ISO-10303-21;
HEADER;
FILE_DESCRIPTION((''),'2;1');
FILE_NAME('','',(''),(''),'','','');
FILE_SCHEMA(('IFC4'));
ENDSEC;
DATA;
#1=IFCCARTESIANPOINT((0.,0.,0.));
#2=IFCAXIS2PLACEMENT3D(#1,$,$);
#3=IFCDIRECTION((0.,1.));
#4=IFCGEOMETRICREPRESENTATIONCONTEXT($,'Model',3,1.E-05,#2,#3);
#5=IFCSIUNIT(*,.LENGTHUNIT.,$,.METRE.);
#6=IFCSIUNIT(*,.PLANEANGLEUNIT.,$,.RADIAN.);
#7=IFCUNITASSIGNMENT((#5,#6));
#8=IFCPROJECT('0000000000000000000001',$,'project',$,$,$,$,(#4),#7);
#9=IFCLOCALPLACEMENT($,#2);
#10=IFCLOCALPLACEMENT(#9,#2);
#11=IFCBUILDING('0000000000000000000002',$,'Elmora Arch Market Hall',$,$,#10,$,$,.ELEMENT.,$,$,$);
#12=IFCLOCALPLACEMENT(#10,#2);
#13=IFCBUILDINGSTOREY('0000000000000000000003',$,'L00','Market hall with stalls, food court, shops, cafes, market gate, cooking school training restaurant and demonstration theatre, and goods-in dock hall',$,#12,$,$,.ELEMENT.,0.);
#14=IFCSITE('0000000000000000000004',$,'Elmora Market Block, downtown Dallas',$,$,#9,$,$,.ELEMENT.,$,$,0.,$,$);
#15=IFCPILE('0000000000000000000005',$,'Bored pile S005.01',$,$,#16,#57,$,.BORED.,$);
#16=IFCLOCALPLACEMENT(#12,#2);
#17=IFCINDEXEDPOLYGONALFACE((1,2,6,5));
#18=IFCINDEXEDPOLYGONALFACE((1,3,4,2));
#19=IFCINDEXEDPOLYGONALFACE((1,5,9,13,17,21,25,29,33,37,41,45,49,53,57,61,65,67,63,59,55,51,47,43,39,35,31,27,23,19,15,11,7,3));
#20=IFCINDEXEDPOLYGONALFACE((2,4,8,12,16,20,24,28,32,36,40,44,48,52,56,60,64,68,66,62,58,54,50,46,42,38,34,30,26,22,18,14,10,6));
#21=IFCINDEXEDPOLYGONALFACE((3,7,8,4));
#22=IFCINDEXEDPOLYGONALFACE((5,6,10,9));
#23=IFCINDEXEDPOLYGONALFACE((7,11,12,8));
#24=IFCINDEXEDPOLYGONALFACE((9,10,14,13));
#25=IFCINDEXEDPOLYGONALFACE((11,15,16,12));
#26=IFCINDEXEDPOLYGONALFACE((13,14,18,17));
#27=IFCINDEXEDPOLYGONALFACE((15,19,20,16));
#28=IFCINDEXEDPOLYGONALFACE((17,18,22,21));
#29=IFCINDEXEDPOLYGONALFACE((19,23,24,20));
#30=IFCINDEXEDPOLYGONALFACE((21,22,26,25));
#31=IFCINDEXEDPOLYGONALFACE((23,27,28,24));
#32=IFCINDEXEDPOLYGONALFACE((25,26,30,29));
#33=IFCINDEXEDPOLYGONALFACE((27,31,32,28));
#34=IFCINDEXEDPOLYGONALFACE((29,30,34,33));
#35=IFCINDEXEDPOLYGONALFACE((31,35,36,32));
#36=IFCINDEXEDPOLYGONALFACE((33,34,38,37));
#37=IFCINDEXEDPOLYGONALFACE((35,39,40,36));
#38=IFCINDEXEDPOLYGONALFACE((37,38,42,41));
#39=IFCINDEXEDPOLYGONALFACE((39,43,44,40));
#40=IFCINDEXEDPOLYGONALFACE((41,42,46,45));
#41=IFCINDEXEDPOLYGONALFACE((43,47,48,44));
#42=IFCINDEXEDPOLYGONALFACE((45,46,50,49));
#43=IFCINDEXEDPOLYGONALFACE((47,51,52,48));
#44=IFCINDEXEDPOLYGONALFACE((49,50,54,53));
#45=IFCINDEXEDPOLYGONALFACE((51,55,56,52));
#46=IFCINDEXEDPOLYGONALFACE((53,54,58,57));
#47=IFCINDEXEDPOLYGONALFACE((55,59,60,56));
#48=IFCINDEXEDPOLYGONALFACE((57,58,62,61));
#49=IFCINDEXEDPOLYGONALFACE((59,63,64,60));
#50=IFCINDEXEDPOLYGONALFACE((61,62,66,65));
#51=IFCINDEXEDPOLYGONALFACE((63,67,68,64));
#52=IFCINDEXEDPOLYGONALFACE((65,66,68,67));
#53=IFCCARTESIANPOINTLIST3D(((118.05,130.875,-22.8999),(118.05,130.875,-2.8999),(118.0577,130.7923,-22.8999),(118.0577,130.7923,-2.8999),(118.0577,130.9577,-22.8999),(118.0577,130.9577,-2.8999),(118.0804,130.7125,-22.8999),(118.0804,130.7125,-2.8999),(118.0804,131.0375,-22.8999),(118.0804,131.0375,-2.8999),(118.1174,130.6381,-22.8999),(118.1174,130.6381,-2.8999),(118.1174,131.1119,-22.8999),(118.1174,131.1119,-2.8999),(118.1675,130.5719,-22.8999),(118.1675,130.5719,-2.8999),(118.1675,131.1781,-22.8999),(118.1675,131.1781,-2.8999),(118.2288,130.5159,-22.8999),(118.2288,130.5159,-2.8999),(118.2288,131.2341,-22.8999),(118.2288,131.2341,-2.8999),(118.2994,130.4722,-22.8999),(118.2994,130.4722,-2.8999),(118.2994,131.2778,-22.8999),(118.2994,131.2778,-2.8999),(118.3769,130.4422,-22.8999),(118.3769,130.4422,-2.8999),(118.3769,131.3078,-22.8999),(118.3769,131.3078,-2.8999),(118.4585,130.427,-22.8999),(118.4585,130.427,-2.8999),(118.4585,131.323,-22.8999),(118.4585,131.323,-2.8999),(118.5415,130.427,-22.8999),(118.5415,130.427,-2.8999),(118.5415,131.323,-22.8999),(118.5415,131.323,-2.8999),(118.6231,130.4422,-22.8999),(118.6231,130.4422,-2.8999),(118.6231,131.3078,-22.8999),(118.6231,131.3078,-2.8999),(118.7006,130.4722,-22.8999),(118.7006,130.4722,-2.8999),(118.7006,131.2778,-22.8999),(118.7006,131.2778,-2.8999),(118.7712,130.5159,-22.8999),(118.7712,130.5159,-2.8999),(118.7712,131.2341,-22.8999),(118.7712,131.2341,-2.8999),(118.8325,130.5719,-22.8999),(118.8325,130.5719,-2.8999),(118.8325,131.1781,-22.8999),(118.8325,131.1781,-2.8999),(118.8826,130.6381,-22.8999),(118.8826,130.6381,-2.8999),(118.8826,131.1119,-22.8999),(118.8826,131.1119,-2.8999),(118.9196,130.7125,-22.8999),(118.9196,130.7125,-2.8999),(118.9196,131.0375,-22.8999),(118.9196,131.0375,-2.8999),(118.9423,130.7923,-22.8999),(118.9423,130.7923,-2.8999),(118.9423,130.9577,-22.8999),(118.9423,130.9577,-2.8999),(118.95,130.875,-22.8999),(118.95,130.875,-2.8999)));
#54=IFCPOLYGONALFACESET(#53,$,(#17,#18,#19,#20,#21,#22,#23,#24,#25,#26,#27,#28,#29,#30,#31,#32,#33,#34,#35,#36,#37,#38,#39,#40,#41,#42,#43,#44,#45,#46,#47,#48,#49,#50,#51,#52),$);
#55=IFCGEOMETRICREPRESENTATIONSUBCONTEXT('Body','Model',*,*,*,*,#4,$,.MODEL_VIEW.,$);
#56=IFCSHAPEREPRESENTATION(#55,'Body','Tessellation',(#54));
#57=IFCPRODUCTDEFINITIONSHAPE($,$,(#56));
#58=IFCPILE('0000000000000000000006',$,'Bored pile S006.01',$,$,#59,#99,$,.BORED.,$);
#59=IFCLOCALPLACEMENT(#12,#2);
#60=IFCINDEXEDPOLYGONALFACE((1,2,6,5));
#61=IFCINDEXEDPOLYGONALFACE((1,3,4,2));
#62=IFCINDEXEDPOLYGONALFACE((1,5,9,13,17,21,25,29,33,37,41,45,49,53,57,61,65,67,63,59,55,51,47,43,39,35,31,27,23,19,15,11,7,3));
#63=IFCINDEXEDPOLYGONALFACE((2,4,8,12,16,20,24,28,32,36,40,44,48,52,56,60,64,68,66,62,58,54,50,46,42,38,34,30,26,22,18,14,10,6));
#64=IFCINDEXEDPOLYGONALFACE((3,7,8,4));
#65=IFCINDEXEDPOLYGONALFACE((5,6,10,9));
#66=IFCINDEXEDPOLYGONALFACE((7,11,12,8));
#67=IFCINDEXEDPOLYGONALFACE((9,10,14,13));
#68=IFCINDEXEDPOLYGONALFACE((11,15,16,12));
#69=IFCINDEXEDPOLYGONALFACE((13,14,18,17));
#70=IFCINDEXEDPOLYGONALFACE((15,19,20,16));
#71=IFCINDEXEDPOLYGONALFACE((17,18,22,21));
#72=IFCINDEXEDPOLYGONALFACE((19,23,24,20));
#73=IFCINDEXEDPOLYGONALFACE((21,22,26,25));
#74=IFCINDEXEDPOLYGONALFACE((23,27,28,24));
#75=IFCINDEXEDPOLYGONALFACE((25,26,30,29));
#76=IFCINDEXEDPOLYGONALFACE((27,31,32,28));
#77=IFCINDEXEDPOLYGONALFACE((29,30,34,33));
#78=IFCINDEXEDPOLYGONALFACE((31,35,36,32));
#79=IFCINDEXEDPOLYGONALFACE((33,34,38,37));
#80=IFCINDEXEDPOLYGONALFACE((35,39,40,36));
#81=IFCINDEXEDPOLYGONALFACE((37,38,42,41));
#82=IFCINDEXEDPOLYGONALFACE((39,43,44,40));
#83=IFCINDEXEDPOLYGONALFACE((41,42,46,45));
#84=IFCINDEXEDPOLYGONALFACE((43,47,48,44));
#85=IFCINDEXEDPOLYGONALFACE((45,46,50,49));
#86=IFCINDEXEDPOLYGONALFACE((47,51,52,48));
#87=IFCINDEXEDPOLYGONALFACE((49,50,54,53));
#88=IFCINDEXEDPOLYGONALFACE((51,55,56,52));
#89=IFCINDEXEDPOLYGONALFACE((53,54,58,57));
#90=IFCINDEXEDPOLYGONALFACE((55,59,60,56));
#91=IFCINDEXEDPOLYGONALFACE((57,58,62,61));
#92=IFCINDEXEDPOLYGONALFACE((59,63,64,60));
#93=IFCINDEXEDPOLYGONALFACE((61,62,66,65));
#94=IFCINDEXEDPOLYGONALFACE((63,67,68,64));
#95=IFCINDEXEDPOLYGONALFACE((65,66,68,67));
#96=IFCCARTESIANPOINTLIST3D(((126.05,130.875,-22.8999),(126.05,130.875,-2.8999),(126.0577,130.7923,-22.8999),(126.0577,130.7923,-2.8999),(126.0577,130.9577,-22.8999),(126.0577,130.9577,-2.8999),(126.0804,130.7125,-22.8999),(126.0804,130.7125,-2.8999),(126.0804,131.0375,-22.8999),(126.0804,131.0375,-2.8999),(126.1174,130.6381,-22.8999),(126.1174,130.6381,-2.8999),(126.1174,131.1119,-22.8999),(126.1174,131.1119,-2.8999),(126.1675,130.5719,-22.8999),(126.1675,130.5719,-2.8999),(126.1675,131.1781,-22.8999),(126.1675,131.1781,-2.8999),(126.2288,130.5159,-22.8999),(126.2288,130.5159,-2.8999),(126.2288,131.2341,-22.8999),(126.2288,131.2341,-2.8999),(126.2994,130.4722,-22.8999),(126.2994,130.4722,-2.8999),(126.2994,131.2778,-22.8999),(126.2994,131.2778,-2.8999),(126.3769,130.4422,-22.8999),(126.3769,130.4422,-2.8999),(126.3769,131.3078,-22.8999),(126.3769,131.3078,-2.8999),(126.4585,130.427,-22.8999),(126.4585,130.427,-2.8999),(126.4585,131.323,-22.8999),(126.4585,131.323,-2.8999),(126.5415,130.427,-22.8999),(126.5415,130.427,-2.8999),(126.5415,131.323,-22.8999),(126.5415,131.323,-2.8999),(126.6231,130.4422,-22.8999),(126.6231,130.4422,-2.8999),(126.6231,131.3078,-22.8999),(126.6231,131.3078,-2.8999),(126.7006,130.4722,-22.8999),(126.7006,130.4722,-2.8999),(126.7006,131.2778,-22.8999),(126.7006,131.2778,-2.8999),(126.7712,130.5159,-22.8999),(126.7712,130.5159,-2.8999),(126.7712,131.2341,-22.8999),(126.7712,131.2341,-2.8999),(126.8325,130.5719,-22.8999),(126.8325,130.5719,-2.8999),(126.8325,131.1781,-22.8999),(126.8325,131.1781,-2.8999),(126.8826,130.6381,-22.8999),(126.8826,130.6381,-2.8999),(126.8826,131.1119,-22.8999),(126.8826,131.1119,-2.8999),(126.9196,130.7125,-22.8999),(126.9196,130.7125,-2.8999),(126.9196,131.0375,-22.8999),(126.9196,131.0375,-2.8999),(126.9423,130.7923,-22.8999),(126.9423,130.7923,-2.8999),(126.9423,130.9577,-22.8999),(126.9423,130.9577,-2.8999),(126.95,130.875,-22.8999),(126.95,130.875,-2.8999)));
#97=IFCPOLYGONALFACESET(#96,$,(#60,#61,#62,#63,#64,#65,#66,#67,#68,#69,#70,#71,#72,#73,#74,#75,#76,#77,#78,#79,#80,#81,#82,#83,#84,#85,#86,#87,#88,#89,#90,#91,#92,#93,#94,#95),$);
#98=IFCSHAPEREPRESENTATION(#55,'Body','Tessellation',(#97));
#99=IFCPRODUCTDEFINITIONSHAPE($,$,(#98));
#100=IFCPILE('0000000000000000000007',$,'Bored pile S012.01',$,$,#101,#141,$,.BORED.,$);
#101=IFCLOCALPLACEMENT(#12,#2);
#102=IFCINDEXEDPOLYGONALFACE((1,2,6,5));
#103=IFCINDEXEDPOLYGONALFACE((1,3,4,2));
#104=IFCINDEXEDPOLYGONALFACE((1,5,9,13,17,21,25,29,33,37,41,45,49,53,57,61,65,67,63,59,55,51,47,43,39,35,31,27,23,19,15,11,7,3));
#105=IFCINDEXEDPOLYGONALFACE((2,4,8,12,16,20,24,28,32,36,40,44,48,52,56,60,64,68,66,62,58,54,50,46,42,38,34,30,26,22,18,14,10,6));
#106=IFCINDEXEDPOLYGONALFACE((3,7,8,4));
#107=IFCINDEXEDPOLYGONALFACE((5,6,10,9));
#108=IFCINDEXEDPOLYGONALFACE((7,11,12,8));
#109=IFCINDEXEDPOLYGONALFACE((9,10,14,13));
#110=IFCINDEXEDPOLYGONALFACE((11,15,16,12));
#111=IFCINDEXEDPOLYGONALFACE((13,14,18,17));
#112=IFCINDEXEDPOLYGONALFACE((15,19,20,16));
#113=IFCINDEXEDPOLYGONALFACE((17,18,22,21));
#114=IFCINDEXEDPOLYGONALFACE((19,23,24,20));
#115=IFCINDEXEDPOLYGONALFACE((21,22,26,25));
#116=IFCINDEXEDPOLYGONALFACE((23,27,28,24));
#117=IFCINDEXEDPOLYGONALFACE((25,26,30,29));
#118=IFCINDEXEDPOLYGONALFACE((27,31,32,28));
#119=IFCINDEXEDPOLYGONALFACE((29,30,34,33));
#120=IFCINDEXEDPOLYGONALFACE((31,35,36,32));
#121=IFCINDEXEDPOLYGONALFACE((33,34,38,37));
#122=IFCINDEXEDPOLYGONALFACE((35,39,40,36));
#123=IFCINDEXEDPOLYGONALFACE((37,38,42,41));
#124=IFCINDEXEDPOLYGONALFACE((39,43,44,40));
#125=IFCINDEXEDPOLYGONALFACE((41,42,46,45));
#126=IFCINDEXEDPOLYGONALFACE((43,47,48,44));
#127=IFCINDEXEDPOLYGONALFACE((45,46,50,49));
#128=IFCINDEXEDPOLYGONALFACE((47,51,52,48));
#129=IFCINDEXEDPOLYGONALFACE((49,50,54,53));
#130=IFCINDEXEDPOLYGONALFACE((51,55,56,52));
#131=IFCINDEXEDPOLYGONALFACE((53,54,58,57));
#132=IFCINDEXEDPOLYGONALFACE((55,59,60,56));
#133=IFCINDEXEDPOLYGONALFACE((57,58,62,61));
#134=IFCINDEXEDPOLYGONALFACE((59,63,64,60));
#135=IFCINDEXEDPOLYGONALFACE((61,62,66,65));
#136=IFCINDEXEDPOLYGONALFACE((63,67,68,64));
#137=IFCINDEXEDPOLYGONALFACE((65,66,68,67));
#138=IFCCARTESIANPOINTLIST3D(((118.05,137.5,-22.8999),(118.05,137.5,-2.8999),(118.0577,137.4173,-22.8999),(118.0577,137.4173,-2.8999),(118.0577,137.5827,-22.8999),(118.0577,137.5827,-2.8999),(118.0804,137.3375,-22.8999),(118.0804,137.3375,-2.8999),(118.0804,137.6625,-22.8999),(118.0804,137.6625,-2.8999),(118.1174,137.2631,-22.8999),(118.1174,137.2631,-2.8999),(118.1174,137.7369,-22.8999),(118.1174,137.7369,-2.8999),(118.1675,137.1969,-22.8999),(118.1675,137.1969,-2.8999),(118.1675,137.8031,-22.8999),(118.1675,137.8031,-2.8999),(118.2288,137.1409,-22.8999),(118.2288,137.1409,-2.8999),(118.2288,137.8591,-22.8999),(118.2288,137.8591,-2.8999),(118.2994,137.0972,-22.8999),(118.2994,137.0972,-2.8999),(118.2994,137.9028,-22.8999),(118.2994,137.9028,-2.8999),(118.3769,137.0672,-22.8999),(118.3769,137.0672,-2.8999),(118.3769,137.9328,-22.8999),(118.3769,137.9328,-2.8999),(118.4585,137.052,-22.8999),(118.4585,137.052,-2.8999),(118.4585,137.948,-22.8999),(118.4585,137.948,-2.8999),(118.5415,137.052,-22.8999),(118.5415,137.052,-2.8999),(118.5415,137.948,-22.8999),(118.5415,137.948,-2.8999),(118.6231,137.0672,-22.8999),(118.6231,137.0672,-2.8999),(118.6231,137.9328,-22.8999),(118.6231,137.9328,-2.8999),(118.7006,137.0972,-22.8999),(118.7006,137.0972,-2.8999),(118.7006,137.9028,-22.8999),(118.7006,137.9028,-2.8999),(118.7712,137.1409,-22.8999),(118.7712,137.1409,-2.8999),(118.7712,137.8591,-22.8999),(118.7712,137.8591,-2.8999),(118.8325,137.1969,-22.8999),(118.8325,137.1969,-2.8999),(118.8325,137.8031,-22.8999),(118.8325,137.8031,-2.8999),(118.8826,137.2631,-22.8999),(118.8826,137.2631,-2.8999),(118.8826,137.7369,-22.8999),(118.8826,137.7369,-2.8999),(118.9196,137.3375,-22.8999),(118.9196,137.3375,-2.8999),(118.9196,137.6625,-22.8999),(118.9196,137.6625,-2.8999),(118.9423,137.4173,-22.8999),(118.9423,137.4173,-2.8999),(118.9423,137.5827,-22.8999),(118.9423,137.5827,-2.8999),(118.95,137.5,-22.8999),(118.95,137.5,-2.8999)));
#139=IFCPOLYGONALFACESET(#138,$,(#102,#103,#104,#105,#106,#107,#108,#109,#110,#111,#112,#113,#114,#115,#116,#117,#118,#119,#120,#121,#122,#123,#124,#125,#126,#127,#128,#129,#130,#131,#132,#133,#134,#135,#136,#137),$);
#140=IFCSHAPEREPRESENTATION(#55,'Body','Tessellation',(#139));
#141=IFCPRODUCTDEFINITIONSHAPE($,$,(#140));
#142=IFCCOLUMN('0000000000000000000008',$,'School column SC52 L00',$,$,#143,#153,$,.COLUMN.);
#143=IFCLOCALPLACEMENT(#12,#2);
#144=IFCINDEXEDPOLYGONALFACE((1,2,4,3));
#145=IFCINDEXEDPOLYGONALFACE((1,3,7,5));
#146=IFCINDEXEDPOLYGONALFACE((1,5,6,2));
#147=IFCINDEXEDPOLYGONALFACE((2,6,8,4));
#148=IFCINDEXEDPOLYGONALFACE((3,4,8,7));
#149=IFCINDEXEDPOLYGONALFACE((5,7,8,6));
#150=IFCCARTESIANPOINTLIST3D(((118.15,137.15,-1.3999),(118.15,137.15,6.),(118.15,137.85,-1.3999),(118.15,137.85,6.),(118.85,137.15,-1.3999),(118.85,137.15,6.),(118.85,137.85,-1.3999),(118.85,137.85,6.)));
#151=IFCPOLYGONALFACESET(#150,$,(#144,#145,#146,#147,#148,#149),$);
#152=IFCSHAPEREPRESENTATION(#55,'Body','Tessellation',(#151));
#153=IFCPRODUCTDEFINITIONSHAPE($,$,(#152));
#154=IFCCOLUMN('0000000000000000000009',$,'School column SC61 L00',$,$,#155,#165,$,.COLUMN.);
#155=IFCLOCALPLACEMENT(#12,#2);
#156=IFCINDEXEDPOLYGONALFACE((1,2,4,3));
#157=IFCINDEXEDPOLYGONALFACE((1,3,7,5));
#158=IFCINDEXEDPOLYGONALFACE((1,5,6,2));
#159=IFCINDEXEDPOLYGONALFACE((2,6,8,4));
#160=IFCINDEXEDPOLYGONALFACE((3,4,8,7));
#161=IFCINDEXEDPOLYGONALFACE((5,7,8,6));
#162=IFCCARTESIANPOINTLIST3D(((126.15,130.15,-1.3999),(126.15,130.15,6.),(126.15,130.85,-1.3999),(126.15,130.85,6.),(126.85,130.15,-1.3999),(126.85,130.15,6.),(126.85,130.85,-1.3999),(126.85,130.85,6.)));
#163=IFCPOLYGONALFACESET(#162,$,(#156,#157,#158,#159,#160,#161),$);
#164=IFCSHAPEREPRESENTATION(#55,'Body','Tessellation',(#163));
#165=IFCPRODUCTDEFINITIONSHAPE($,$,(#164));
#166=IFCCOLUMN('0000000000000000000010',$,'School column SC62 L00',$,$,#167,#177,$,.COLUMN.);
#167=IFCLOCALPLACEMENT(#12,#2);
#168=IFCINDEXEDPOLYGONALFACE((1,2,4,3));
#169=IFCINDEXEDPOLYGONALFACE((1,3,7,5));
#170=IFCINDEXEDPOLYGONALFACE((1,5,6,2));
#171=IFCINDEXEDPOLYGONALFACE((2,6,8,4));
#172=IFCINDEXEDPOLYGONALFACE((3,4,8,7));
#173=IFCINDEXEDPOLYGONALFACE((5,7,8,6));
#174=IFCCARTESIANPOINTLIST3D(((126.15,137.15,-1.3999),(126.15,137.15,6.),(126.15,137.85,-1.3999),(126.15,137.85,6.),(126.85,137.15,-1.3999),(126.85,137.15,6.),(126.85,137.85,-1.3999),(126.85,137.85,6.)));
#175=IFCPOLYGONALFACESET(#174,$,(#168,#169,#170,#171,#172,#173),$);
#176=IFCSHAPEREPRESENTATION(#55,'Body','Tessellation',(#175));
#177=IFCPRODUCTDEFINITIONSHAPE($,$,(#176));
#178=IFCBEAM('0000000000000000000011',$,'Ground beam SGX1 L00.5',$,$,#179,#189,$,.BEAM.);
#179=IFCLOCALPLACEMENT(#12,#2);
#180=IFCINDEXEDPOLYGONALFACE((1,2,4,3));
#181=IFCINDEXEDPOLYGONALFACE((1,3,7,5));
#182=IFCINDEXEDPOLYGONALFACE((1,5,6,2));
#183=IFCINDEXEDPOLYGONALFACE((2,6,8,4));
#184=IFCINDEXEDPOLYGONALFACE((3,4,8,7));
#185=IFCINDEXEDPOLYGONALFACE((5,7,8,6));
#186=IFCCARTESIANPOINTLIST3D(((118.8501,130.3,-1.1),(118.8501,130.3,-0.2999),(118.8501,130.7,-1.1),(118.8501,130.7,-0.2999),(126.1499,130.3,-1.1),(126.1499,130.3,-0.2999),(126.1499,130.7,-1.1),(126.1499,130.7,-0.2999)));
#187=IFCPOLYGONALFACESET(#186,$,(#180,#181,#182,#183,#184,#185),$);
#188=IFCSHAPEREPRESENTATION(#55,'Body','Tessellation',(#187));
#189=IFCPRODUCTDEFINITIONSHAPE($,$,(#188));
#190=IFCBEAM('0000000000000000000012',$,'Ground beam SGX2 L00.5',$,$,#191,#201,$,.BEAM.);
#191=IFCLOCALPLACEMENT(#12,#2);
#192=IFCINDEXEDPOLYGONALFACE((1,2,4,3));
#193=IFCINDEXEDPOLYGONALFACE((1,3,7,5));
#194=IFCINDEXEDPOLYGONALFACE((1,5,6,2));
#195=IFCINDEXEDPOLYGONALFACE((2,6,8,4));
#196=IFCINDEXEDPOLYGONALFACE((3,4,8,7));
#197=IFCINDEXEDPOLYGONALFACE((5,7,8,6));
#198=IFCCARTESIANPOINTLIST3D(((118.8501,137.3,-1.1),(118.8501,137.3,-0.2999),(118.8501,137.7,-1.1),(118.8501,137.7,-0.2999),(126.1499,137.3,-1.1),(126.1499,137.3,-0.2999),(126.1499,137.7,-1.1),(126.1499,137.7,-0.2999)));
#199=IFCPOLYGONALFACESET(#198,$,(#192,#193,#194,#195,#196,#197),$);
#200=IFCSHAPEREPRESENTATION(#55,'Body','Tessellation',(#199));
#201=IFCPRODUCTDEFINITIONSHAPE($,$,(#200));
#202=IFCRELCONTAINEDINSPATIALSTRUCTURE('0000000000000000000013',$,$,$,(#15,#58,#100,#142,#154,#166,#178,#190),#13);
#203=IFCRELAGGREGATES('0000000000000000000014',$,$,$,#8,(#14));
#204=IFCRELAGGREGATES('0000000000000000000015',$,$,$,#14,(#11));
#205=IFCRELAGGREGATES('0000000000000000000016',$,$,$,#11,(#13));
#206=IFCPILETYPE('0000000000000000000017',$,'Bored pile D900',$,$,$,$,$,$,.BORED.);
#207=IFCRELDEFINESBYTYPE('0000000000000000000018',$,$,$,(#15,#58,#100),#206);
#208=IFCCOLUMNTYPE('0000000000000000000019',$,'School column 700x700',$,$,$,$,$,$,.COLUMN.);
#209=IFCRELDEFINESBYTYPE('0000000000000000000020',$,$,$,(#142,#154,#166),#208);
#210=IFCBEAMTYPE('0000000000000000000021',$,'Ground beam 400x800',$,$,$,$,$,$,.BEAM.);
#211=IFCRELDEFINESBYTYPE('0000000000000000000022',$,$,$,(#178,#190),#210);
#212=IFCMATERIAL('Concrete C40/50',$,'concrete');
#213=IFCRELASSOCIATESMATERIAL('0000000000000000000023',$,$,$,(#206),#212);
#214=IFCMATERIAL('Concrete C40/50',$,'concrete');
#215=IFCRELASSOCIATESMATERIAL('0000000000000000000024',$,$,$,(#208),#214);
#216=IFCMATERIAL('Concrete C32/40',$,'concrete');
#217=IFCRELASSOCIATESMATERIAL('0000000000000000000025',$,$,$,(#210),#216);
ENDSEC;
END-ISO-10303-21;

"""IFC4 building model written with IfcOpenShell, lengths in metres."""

from ifc_helpers import new_model, si_unit, direction, frame, origin, origin_2d, place, context, subcontext, project, spatial, rectangle, circle, extrude, material, material_profile, profile_set, type_object, element, save


model = new_model("IFC4")

# Units and contexts
model_context = context("Model", 3, precision=1e-05, world=origin(), true_north=direction((0.0, 1.0)))
body_context = subcontext(model_context, "Body", "Model", "MODEL_VIEW")
ifc_project = project(units=[si_unit("LENGTHUNIT", "METRE"), si_unit("PLANEANGLEUNIT", "RADIAN")], contexts=[model_context])

# Site, building, storey
site_placement = place(None, origin())
site = spatial("IfcSite", under=ifc_project, at=site_placement, Name="Elmora Market Block, downtown Dallas", CompositionType="ELEMENT", RefElevation=0.0)
building_placement = place(site_placement, origin())
building = spatial("IfcBuilding", under=site, at=building_placement, Name="Elmora Arch Market Hall", CompositionType="ELEMENT")
storey_placement = place(building_placement, origin())
storey = spatial("IfcBuildingStorey", under=building, at=storey_placement, Name="L00", Description="Market hall with stalls, food court, shops, cafes, market gate, cooking school training restaurant and demonstration theatre, and goods-in dock hall", CompositionType="ELEMENT", Elevation=0.0)

# Piles
ifc_material_1 = material(Name="Concrete C40/50", Category="concrete")
ifc_material_profile_1 = material_profile(ifc_material_1, circle(Radius=0.45, at=origin_2d()), Name="Bored pile D900")
ifc_profile_set_1 = profile_set([ifc_material_profile_1], Name="Concrete C40/50")
pile_type = type_object("IfcPileType", Name="Bored pile D900", PredefinedType="BORED", material=ifc_profile_set_1)
for number, where, z_axis, x_axis, name in (
    (1, (118.5, 130.875, -2.8999), (0.0, 0.0, -1.0), (1.0, 0.0, 0.0), "Bored pile S005.01"),
    (2, (126.5, 130.875, -2.8999), (0.0, 0.0, -1.0), (1.0, 0.0, 0.0), "Bored pile S006.01"),
    (3, (118.5, 137.5, -2.8999), (0.0, 0.0, -1.0), (1.0, 0.0, 0.0), "Bored pile S012.01"),
):
    element("IfcPile", number, at=place(storey_placement, frame(where, z_axis=z_axis, x_axis=x_axis)), inside=storey, type_object=pile_type, Name=name, PredefinedType="BORED", context=body_context, shape_type="SweptSolid", body=[
        extrude(circle(Radius=0.45, at=origin_2d()), origin(), (0.0, 0.0, 1.0), 20.0),
    ])

# Columns
ifc_material_2 = material(Name="Concrete C40/50", Category="concrete")
ifc_material_profile_2 = material_profile(ifc_material_2, rectangle(XDim=0.7, YDim=0.7, at=origin_2d()), Name="School column 700x700")
ifc_profile_set_2 = profile_set([ifc_material_profile_2], Name="Concrete C40/50")
column_type = type_object("IfcColumnType", Name="School column 700x700", PredefinedType="COLUMN", material=ifc_profile_set_2)
for number, where, z_axis, x_axis, name in (
    (4, (118.5, 137.5, -1.3999), (0.0, 0.0, 1.0), (1.0, 0.0, 0.0), "School column SC52 L00"),
    (5, (126.5, 130.5, -1.3999), (0.0, 0.0, 1.0), (1.0, 0.0, 0.0), "School column SC61 L00"),
    (6, (126.5, 137.5, -1.3999), (0.0, 0.0, 1.0), (1.0, 0.0, 0.0), "School column SC62 L00"),
):
    element("IfcColumn", number, at=place(storey_placement, frame(where, z_axis=z_axis, x_axis=x_axis)), inside=storey, type_object=column_type, Name=name, PredefinedType="COLUMN", context=body_context, shape_type="SweptSolid", body=[
        extrude(rectangle(XDim=0.7, YDim=0.7, at=origin_2d()), origin(), (0.0, 0.0, 1.0), 7.3999),
    ])

# Beams
ifc_material_3 = material(Name="Concrete C32/40", Category="concrete")
ifc_material_profile_3 = material_profile(ifc_material_3, rectangle(XDim=0.3999, YDim=0.8, at=origin_2d()), Name="Ground beam 400x800")
ifc_profile_set_3 = profile_set([ifc_material_profile_3], Name="Concrete C32/40")
beam_type_1 = type_object("IfcBeamType", Name="Ground beam 400x800", PredefinedType="BEAM", material=ifc_profile_set_3)
for number, where, z_axis, x_axis, name in (
    (7, (118.8501, 130.5, -0.7), (1.0, 0.0, 0.0), (0.0, 1.0, 0.0), "Ground beam SGX1 L00.5"),
    (8, (118.8501, 137.5, -0.7), (1.0, 0.0, 0.0), (0.0, 1.0, 0.0), "Ground beam SGX2 L00.5"),
):
    element("IfcBeam", number, at=place(storey_placement, frame(where, z_axis=z_axis, x_axis=x_axis)), inside=storey, type_object=beam_type_1, Name=name, PredefinedType="BEAM", context=body_context, shape_type="SweptSolid", body=[
        extrude(rectangle(XDim=0.3999, YDim=0.8, at=origin_2d()), origin(), (0.0, 0.0, 1.0), 7.2998),
    ])

save(model, "model.ifc")
